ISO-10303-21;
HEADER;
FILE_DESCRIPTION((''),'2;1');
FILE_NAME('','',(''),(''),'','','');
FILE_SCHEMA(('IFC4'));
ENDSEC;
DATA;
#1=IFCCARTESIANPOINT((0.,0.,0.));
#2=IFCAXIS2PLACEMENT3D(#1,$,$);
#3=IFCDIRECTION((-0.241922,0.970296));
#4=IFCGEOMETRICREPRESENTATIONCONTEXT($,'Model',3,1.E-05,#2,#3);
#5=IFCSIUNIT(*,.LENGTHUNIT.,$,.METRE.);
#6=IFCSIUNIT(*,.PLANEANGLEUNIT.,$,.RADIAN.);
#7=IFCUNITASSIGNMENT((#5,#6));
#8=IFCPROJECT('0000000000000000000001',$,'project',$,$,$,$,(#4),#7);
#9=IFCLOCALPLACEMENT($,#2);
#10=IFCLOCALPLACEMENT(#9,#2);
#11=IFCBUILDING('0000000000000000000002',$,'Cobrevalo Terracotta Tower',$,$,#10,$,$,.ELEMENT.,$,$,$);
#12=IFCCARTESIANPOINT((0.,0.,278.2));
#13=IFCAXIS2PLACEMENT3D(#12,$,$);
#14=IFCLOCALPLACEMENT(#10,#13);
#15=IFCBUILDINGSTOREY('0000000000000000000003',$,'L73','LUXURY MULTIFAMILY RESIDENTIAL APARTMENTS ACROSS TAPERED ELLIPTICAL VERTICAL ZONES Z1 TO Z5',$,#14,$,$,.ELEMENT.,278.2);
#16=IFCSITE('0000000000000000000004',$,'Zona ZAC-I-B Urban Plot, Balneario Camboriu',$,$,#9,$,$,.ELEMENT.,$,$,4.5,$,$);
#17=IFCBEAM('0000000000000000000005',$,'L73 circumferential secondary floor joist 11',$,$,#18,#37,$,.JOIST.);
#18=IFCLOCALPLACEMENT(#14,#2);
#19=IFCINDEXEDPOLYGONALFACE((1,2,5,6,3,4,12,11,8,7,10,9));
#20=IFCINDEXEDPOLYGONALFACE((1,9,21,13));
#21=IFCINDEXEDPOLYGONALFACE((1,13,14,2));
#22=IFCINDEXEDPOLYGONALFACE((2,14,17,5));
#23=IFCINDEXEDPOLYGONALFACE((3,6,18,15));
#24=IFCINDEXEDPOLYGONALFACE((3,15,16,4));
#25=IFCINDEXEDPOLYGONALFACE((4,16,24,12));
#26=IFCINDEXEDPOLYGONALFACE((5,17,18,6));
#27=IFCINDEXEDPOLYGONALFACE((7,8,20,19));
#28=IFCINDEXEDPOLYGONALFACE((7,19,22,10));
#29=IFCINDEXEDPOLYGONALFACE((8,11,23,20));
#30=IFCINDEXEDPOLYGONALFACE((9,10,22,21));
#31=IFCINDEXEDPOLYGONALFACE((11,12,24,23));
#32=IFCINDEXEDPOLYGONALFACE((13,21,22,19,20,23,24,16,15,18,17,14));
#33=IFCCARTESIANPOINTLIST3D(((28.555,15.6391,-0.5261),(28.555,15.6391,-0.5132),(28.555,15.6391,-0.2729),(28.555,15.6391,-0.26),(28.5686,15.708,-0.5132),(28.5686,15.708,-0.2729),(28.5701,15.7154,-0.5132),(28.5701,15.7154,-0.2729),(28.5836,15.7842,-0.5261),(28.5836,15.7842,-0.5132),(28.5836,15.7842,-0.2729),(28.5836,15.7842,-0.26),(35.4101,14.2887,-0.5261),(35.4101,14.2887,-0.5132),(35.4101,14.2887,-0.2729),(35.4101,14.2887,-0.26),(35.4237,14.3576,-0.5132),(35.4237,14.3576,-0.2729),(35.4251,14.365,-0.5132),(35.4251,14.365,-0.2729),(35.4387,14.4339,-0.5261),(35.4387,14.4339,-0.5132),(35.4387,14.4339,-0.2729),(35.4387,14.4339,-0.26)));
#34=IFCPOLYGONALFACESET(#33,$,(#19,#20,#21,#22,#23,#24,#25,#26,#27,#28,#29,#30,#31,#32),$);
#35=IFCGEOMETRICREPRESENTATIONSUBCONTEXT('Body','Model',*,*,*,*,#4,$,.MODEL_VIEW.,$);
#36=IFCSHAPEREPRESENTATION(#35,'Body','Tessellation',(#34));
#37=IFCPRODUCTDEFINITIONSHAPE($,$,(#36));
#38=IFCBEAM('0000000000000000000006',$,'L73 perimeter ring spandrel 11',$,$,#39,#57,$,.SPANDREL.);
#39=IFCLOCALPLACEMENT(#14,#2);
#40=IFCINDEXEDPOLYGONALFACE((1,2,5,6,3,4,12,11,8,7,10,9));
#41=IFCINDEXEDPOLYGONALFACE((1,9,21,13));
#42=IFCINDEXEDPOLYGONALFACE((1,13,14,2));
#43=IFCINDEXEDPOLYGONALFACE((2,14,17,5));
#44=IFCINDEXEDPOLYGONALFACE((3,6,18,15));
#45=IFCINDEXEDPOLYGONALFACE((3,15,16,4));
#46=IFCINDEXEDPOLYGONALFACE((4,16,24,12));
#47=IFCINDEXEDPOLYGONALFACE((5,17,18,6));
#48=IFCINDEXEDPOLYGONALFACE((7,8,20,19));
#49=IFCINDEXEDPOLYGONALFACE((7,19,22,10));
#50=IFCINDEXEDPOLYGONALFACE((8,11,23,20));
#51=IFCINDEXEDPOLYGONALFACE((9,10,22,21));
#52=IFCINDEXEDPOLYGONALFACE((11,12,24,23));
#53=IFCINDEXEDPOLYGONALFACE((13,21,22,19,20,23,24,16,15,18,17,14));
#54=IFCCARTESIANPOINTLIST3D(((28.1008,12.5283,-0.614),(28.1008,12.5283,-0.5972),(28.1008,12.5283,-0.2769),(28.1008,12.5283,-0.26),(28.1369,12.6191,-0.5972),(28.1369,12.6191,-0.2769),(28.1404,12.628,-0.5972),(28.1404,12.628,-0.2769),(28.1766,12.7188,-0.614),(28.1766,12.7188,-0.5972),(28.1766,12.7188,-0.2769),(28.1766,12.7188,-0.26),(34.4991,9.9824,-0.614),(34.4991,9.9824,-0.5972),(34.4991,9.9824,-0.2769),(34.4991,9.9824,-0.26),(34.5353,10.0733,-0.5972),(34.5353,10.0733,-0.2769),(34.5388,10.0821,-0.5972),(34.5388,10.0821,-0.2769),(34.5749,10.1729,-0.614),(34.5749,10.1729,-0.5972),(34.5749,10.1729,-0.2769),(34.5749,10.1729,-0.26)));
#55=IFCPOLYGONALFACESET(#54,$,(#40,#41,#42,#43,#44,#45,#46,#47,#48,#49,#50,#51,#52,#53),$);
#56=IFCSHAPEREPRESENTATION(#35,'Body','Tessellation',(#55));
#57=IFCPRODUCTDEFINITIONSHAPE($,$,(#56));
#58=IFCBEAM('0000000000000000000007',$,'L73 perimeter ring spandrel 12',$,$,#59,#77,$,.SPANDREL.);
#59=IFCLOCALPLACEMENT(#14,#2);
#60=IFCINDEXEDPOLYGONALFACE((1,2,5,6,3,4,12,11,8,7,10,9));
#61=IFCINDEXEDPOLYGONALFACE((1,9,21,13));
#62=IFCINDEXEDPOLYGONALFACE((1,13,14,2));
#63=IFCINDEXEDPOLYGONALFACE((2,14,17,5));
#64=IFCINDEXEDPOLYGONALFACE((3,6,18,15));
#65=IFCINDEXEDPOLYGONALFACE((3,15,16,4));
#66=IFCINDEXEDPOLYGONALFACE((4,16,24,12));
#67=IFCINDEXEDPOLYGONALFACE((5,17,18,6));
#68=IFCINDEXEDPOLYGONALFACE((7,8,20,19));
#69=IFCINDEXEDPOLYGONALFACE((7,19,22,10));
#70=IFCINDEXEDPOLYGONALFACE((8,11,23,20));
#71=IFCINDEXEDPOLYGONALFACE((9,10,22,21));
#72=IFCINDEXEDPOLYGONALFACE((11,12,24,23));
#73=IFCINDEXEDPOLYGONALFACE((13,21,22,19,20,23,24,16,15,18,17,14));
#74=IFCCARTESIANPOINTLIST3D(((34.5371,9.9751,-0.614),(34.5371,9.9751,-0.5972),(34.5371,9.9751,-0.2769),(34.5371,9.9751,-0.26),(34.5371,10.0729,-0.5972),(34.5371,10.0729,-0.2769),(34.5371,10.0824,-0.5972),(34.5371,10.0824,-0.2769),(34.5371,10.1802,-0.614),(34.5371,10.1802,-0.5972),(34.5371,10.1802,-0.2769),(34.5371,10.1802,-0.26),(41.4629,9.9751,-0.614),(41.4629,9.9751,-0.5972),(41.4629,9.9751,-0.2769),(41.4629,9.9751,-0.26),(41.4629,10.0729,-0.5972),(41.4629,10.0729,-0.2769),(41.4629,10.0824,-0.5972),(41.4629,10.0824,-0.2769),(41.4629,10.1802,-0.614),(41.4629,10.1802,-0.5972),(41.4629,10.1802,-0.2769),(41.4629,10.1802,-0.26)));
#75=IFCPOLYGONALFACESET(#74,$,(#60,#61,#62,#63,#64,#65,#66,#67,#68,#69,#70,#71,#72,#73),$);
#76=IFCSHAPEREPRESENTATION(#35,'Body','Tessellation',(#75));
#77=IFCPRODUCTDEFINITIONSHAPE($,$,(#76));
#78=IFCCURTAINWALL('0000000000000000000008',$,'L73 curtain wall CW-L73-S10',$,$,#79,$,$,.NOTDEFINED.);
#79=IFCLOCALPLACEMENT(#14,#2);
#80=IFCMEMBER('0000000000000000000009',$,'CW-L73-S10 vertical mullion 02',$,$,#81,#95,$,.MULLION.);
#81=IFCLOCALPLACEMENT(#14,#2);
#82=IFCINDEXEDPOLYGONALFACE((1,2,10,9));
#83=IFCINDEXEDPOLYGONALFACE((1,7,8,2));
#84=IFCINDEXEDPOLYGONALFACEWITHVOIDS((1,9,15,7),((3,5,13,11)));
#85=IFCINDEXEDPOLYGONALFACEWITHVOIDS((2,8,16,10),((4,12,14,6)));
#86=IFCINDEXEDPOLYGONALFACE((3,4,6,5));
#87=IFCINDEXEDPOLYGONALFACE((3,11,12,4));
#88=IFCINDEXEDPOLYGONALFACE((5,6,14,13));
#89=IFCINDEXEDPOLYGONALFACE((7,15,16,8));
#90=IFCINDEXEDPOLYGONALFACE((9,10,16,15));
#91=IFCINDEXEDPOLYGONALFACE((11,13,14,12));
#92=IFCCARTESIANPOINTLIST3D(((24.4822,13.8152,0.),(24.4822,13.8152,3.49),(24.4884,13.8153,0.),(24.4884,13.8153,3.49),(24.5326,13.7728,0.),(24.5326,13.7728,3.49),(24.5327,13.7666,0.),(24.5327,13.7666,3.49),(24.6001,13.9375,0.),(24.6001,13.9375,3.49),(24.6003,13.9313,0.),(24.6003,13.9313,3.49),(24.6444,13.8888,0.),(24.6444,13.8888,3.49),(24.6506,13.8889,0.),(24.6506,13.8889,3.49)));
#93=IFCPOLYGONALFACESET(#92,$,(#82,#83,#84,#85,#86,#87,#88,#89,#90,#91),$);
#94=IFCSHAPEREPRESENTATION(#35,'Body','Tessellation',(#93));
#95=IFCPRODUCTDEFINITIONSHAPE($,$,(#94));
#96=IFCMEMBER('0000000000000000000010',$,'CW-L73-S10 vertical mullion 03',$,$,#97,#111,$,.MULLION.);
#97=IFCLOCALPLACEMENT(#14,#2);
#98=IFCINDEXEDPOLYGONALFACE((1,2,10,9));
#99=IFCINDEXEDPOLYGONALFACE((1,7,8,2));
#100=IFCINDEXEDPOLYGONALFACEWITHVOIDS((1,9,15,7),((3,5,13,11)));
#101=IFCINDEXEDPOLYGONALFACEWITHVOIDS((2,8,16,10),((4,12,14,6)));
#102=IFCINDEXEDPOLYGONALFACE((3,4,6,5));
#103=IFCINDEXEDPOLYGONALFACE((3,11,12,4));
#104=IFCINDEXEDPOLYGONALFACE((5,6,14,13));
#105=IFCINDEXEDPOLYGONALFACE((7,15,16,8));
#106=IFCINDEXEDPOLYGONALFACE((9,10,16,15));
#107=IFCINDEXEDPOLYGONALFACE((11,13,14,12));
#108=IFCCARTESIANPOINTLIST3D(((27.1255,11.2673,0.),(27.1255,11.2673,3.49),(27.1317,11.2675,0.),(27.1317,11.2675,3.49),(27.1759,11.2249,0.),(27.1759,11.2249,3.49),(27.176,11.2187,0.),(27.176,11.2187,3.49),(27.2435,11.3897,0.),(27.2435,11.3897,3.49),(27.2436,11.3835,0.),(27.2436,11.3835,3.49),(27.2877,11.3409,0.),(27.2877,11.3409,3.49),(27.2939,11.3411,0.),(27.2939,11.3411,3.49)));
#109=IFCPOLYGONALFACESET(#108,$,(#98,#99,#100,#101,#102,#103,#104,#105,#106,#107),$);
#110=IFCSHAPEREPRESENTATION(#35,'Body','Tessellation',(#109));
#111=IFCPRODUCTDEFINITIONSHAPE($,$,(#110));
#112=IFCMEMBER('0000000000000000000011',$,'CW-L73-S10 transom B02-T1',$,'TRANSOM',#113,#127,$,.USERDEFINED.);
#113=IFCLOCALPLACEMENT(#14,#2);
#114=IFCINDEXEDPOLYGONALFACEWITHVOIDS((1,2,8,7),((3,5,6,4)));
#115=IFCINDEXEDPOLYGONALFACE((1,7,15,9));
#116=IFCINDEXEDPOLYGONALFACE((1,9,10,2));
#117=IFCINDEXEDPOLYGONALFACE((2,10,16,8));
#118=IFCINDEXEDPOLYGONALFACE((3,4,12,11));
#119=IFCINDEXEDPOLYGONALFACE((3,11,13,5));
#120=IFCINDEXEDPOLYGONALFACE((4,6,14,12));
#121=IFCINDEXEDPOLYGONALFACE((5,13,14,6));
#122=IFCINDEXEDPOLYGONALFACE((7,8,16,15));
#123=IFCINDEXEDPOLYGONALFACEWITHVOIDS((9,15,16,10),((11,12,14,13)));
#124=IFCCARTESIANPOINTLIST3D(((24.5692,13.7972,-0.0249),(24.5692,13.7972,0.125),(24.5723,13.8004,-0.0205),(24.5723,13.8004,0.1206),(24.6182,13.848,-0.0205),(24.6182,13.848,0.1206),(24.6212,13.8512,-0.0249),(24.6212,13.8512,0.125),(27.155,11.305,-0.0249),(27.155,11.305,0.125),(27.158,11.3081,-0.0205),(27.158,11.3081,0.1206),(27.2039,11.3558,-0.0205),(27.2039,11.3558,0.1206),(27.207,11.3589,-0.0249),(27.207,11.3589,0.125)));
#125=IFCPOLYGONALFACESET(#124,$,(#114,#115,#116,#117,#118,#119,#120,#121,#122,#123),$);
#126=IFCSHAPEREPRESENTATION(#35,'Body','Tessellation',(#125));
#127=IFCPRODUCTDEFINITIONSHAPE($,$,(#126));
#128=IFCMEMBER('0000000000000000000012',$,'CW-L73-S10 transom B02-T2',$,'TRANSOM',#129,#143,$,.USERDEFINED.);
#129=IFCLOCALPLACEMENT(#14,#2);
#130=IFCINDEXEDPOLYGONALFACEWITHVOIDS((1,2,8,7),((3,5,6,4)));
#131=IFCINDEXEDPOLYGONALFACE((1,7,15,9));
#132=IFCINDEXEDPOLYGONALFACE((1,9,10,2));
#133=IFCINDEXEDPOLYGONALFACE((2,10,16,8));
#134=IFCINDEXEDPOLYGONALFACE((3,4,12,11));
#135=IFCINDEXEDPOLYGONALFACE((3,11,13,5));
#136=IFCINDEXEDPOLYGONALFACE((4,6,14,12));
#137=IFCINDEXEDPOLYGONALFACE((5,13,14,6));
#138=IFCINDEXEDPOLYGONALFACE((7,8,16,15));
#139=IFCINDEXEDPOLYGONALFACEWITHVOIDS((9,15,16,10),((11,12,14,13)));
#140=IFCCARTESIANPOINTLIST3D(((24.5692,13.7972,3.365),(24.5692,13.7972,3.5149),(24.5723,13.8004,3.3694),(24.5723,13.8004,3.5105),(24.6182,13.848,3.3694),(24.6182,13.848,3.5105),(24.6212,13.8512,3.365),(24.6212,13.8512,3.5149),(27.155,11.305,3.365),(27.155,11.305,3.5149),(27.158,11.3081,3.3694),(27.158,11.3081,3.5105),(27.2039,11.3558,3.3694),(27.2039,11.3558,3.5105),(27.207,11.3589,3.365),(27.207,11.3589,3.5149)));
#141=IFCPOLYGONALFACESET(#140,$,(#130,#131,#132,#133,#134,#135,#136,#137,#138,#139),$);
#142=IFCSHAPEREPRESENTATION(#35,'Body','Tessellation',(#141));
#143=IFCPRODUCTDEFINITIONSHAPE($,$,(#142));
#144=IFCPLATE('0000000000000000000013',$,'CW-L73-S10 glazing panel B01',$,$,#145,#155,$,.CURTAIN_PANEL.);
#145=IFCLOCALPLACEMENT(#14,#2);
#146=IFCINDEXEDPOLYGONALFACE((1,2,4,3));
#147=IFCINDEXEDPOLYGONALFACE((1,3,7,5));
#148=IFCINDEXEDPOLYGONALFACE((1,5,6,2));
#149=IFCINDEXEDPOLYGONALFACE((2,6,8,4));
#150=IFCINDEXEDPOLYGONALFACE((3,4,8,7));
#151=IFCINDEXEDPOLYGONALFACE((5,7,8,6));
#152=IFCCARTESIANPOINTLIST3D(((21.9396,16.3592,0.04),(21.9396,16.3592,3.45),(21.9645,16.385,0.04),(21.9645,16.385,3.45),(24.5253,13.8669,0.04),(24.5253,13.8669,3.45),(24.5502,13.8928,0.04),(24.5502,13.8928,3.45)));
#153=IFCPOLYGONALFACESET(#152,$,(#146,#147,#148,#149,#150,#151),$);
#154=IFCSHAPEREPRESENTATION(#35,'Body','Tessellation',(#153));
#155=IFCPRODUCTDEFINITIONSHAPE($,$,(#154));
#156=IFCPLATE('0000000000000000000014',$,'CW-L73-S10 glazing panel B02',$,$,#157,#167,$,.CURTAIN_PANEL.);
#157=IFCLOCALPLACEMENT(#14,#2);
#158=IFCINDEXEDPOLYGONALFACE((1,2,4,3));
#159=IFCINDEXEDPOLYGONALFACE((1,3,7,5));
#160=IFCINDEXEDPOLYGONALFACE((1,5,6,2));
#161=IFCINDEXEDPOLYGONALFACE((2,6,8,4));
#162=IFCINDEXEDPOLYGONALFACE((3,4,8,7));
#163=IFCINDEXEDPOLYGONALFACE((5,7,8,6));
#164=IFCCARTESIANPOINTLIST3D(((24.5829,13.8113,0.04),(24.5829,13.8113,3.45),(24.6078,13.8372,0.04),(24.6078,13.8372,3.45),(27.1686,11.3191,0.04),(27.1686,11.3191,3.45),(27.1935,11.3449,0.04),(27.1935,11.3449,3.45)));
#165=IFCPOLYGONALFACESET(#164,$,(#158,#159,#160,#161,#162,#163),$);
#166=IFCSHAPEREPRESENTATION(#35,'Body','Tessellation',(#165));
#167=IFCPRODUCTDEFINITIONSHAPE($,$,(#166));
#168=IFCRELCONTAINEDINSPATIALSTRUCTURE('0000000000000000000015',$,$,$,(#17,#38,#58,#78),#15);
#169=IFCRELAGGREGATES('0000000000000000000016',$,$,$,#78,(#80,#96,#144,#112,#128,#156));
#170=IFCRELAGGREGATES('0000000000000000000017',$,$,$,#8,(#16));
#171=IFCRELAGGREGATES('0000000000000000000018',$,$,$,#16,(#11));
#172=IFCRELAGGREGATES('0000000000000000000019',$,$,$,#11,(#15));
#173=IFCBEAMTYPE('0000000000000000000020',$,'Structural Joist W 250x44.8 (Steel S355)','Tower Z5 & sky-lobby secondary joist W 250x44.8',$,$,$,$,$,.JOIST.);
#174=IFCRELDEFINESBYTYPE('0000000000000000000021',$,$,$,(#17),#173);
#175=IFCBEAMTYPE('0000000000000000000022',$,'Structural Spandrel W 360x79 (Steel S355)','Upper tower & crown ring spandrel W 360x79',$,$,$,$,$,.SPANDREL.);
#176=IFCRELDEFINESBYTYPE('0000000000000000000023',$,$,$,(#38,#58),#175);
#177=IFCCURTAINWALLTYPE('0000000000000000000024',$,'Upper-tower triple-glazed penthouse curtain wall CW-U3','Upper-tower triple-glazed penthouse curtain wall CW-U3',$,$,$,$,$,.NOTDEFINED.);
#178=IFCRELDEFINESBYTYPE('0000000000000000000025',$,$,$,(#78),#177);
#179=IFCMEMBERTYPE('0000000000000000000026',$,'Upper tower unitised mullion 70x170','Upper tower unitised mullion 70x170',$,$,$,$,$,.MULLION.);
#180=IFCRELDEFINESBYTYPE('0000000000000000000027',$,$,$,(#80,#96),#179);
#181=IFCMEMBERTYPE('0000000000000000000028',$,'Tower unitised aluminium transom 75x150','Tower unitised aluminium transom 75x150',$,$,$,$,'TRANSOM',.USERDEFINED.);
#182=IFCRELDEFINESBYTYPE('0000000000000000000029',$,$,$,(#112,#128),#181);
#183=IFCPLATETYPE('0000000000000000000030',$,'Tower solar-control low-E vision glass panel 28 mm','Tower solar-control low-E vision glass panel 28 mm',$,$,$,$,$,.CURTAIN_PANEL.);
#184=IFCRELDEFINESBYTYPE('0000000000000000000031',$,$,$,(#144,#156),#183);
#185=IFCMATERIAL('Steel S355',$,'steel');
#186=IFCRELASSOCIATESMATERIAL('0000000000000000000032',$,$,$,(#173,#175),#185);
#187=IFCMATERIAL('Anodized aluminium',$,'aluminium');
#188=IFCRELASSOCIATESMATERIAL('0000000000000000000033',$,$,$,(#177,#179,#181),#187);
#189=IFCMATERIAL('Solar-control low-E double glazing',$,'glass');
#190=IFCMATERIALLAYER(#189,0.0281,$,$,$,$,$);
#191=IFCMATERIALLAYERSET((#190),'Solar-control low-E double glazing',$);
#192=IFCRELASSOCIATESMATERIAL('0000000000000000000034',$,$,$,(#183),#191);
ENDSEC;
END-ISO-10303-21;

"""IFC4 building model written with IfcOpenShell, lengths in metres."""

from ifc_helpers import new_model, si_unit, direction, frame, origin, origin_2d, place, context, subcontext, project, spatial, rectangle, hollow_rectangle, i_section, extrude, source, transform, mapped, material, layer, layer_set, material_profile, profile_set, type_object, element, aggregate, save


model = new_model("IFC4")

# Units and contexts
model_context = context("Model", 3, precision=1e-05, world=origin(), true_north=direction((-0.241922, 0.970296)))
body_context = subcontext(model_context, "Body", "Model", "MODEL_VIEW")
ifc_project = project(units=[si_unit("LENGTHUNIT", "METRE"), si_unit("PLANEANGLEUNIT", "RADIAN")], contexts=[model_context])

# Site, building, storey
site_placement = place(None, origin())
site = spatial("IfcSite", under=ifc_project, at=site_placement, Name="Zona ZAC-I-B Urban Plot, Balneario Camboriu", CompositionType="ELEMENT", RefElevation=4.5)
building_placement = place(site_placement, origin())
building = spatial("IfcBuilding", under=site, at=building_placement, Name="Cobrevalo Terracotta Tower", CompositionType="ELEMENT")
storey_placement = place(building_placement, frame((0.0, 0.0, 278.2)))
storey = spatial("IfcBuildingStorey", under=building, at=storey_placement, Name="L73", Description="LUXURY MULTIFAMILY RESIDENTIAL APARTMENTS ACROSS TAPERED ELLIPTICAL VERTICAL ZONES Z1 TO Z5", CompositionType="ELEMENT", Elevation=278.2)

# Shared definitions
ifc_material_1 = material(Name="Steel S355", Category="steel")

# Beams
ifc_material_profile_1 = material_profile(ifc_material_1, i_section(OverallWidth=0.1479, OverallDepth=0.2661, WebThickness=0.0076, FlangeThickness=0.0129, at=origin_2d()), Name="W 250x44.8")
ifc_profile_set_1 = profile_set([ifc_material_profile_1], Name="Steel S355")
beam_type_1 = type_object("IfcBeamType", Name="Structural Joist W 250x44.8 (Steel S355)", Description="Tower Z5 & sky-lobby secondary joist W 250x44.8", PredefinedType="JOIST", material=ifc_profile_set_1)
beam_1_placement = place(storey_placement, frame((28.5693, 15.7117, -0.3931), z_axis=(0.981145, -0.193273, 0.0), x_axis=(0.193273, 0.981145, 0.0)))
element("IfcBeam", 1, at=beam_1_placement, inside=storey, type_object=beam_type_1, Name="L73 circumferential secondary floor joist 11", PredefinedType="JOIST", context=body_context, shape_type="SweptSolid", body=[
    extrude(i_section(OverallWidth=0.1479, OverallDepth=0.2661, WebThickness=0.0076, FlangeThickness=0.0129, at=origin_2d()), origin(), (0.0, 0.0, 1.0), 6.9868),
])
ifc_material_profile_2 = material_profile(ifc_material_1, i_section(OverallWidth=0.2051, OverallDepth=0.354, WebThickness=0.0095, FlangeThickness=0.0168, at=origin_2d()), Name="W 360x79")
ifc_profile_set_2 = profile_set([ifc_material_profile_2], Name="Steel S355")
beam_type_2 = type_object("IfcBeamType", Name="Structural Spandrel W 360x79 (Steel S355)", Description="Upper tower & crown ring spandrel W 360x79", PredefinedType="SPANDREL", material=ifc_profile_set_2)
beam_2_placement = place(storey_placement, frame((28.1387, 12.6235, -0.437), z_axis=(0.92915, -0.369703, 0.0), x_axis=(0.369703, 0.92915, 0.0)))
element("IfcBeam", 2, at=beam_2_placement, inside=storey, type_object=beam_type_2, Name="L73 perimeter ring spandrel 11", PredefinedType="SPANDREL", context=body_context, shape_type="SweptSolid", body=[
    extrude(i_section(OverallWidth=0.2051, OverallDepth=0.354, WebThickness=0.0095, FlangeThickness=0.0168, at=origin_2d()), origin(), (0.0, 0.0, 1.0), 6.8862),
])
beam_3_placement = place(storey_placement, frame((34.5371, 10.0776, -0.437), z_axis=(1.0, 0.0, 0.0), x_axis=(0.0, 1.0, 0.0)))
element("IfcBeam", 3, at=beam_3_placement, inside=storey, type_object=beam_type_2, Name="L73 perimeter ring spandrel 12", PredefinedType="SPANDREL", context=body_context, shape_type="SweptSolid", body=[
    extrude(i_section(OverallWidth=0.2051, OverallDepth=0.354, WebThickness=0.0095, FlangeThickness=0.0168, at=origin_2d()), origin(), (0.0, 0.0, 1.0), 6.9258),
])

# Curtain wall, members, plates
ifc_material_2 = material(Name="Anodized aluminium", Category="aluminium")
curtain_wall_type = type_object("IfcCurtainWallType", Name="Upper-tower triple-glazed penthouse curtain wall CW-U3", Description="Upper-tower triple-glazed penthouse curtain wall CW-U3", PredefinedType="NOTDEFINED", material=ifc_material_2)
curtain_wall_placement = place(storey_placement, origin())
curtain_wall = element("IfcCurtainWall", 4, at=curtain_wall_placement, inside=storey, type_object=curtain_wall_type, Name="L73 curtain wall CW-L73-S10", PredefinedType="NOTDEFINED")
ifc_material_profile_3 = material_profile(ifc_material_2, hollow_rectangle(XDim=0.0701, YDim=0.1699, WallThickness=0.0044, at=origin_2d()), Name="CWM 70x170")
ifc_profile_set_3 = profile_set([ifc_material_profile_3], Name="Anodized aluminium")
member_type_1 = type_object("IfcMemberType", Name="Upper tower unitised mullion 70x170", Description="Upper tower unitised mullion 70x170", PredefinedType="MULLION", material=ifc_profile_set_3)
shared_shape_1 = source(origin(), body_context, "Body", "SweptSolid", [
    extrude(hollow_rectangle(XDim=0.0701, YDim=0.1699, WallThickness=0.0044, at=origin_2d()), origin(), (0.0, 0.0, 1.0), 3.49),
])
member_1_placement = place(storey_placement, frame((24.5664, 13.8521, 0.0), z_axis=(0.0, 0.0, 1.0), x_axis=(0.719994, -0.69398, 0.0)))
member_1 = element("IfcMember", 5, at=member_1_placement, type_object=member_type_1, Name="CW-L73-S10 vertical mullion 02", PredefinedType="MULLION", context=body_context, shape_type="MappedRepresentation", body=[
    mapped(shared_shape_1, transform((0.0, 0.0, 0.0), scale=1.0)),
])
member_2_placement = place(storey_placement, frame((27.2097, 11.3042, 0.0), z_axis=(0.0, 0.0, 1.0), x_axis=(0.719994, -0.69398, 0.0)))
member_2 = element("IfcMember", 6, at=member_2_placement, type_object=member_type_1, Name="CW-L73-S10 vertical mullion 03", PredefinedType="MULLION", context=body_context, shape_type="MappedRepresentation", body=[
    mapped(shared_shape_1, transform((0.0, 0.0, 0.0), scale=1.0)),
])
ifc_material_profile_4 = material_profile(ifc_material_2, hollow_rectangle(XDim=0.075, YDim=0.1499, WallThickness=0.0044, at=origin_2d()), Name="CWT 75x150")
ifc_profile_set_4 = profile_set([ifc_material_profile_4], Name="Anodized aluminium")
member_type_2 = type_object("IfcMemberType", Name="Tower unitised aluminium transom 75x150", Description="Tower unitised aluminium transom 75x150", ElementType="TRANSOM", PredefinedType="USERDEFINED", material=ifc_profile_set_4)
shared_shape_2 = source(origin(), body_context, "Body", "SweptSolid", [
    extrude(hollow_rectangle(XDim=0.075, YDim=0.1499, WallThickness=0.0044, at=origin_2d()), origin(), (0.0, 0.0, 1.0), 3.5913),
])
member_3_placement = place(storey_placement, frame((24.5952, 13.8242, 0.05), z_axis=(0.720006, -0.693968, 0.0), x_axis=(0.693968, 0.720006, 0.0)))
member_3 = element("IfcMember", 7, at=member_3_placement, type_object=member_type_2, Name="CW-L73-S10 transom B02-T1", ObjectType="TRANSOM", PredefinedType="USERDEFINED", context=body_context, shape_type="MappedRepresentation", body=[
    mapped(shared_shape_2, transform((0.0, 0.0, 0.0), scale=1.0)),
])
member_4_placement = place(storey_placement, frame((24.5952, 13.8242, 3.4399), z_axis=(0.720006, -0.693968, 0.0), x_axis=(0.693968, 0.720006, 0.0)))
member_4 = element("IfcMember", 8, at=member_4_placement, type_object=member_type_2, Name="CW-L73-S10 transom B02-T2", ObjectType="TRANSOM", PredefinedType="USERDEFINED", context=body_context, shape_type="MappedRepresentation", body=[
    mapped(shared_shape_2, transform((0.0, 0.0, 0.0), scale=1.0)),
])
ifc_material_3 = material(Name="Solar-control low-E double glazing", Category="glass")
ifc_layer_1 = layer(ifc_material_3, 0.0281)
ifc_layer_set_1 = layer_set([ifc_layer_1], Name="Solar-control low-E double glazing")
plate_type = type_object("IfcPlateType", Name="Tower solar-control low-E vision glass panel 28 mm", Description="Tower solar-control low-E vision glass panel 28 mm", PredefinedType="CURTAIN_PANEL", material=ifc_layer_set_1)
shared_shape_3 = source(origin(), body_context, "Body", "SweptSolid", [
    extrude(rectangle(XDim=3.5913, YDim=0.0359, at=origin_2d()), origin(), (0.0, 0.0, 1.0), 3.4099),
])
plate_1_placement = place(storey_placement, frame((23.2449, 15.126, 0.04), z_axis=(0.0, 0.0, 1.0), x_axis=(0.719997, -0.693978, 0.0)))
plate_1 = element("IfcPlate", 9, at=plate_1_placement, type_object=plate_type, Name="CW-L73-S10 glazing panel B01", PredefinedType="CURTAIN_PANEL", context=body_context, shape_type="MappedRepresentation", body=[
    mapped(shared_shape_3, transform((0.0, 0.0, 0.0), scale=1.0)),
])
plate_2_placement = place(storey_placement, frame((25.8882, 12.5781, 0.04), z_axis=(0.0, 0.0, 1.0), x_axis=(0.719997, -0.693978, 0.0)))
plate_2 = element("IfcPlate", 10, at=plate_2_placement, type_object=plate_type, Name="CW-L73-S10 glazing panel B02", PredefinedType="CURTAIN_PANEL", context=body_context, shape_type="MappedRepresentation", body=[
    mapped(shared_shape_3, transform((0.0, 0.0, 0.0), scale=1.0)),
])
aggregate(curtain_wall, [member_1, member_2, plate_1, member_3, member_4, plate_2])

save(model, "model.ifc")
